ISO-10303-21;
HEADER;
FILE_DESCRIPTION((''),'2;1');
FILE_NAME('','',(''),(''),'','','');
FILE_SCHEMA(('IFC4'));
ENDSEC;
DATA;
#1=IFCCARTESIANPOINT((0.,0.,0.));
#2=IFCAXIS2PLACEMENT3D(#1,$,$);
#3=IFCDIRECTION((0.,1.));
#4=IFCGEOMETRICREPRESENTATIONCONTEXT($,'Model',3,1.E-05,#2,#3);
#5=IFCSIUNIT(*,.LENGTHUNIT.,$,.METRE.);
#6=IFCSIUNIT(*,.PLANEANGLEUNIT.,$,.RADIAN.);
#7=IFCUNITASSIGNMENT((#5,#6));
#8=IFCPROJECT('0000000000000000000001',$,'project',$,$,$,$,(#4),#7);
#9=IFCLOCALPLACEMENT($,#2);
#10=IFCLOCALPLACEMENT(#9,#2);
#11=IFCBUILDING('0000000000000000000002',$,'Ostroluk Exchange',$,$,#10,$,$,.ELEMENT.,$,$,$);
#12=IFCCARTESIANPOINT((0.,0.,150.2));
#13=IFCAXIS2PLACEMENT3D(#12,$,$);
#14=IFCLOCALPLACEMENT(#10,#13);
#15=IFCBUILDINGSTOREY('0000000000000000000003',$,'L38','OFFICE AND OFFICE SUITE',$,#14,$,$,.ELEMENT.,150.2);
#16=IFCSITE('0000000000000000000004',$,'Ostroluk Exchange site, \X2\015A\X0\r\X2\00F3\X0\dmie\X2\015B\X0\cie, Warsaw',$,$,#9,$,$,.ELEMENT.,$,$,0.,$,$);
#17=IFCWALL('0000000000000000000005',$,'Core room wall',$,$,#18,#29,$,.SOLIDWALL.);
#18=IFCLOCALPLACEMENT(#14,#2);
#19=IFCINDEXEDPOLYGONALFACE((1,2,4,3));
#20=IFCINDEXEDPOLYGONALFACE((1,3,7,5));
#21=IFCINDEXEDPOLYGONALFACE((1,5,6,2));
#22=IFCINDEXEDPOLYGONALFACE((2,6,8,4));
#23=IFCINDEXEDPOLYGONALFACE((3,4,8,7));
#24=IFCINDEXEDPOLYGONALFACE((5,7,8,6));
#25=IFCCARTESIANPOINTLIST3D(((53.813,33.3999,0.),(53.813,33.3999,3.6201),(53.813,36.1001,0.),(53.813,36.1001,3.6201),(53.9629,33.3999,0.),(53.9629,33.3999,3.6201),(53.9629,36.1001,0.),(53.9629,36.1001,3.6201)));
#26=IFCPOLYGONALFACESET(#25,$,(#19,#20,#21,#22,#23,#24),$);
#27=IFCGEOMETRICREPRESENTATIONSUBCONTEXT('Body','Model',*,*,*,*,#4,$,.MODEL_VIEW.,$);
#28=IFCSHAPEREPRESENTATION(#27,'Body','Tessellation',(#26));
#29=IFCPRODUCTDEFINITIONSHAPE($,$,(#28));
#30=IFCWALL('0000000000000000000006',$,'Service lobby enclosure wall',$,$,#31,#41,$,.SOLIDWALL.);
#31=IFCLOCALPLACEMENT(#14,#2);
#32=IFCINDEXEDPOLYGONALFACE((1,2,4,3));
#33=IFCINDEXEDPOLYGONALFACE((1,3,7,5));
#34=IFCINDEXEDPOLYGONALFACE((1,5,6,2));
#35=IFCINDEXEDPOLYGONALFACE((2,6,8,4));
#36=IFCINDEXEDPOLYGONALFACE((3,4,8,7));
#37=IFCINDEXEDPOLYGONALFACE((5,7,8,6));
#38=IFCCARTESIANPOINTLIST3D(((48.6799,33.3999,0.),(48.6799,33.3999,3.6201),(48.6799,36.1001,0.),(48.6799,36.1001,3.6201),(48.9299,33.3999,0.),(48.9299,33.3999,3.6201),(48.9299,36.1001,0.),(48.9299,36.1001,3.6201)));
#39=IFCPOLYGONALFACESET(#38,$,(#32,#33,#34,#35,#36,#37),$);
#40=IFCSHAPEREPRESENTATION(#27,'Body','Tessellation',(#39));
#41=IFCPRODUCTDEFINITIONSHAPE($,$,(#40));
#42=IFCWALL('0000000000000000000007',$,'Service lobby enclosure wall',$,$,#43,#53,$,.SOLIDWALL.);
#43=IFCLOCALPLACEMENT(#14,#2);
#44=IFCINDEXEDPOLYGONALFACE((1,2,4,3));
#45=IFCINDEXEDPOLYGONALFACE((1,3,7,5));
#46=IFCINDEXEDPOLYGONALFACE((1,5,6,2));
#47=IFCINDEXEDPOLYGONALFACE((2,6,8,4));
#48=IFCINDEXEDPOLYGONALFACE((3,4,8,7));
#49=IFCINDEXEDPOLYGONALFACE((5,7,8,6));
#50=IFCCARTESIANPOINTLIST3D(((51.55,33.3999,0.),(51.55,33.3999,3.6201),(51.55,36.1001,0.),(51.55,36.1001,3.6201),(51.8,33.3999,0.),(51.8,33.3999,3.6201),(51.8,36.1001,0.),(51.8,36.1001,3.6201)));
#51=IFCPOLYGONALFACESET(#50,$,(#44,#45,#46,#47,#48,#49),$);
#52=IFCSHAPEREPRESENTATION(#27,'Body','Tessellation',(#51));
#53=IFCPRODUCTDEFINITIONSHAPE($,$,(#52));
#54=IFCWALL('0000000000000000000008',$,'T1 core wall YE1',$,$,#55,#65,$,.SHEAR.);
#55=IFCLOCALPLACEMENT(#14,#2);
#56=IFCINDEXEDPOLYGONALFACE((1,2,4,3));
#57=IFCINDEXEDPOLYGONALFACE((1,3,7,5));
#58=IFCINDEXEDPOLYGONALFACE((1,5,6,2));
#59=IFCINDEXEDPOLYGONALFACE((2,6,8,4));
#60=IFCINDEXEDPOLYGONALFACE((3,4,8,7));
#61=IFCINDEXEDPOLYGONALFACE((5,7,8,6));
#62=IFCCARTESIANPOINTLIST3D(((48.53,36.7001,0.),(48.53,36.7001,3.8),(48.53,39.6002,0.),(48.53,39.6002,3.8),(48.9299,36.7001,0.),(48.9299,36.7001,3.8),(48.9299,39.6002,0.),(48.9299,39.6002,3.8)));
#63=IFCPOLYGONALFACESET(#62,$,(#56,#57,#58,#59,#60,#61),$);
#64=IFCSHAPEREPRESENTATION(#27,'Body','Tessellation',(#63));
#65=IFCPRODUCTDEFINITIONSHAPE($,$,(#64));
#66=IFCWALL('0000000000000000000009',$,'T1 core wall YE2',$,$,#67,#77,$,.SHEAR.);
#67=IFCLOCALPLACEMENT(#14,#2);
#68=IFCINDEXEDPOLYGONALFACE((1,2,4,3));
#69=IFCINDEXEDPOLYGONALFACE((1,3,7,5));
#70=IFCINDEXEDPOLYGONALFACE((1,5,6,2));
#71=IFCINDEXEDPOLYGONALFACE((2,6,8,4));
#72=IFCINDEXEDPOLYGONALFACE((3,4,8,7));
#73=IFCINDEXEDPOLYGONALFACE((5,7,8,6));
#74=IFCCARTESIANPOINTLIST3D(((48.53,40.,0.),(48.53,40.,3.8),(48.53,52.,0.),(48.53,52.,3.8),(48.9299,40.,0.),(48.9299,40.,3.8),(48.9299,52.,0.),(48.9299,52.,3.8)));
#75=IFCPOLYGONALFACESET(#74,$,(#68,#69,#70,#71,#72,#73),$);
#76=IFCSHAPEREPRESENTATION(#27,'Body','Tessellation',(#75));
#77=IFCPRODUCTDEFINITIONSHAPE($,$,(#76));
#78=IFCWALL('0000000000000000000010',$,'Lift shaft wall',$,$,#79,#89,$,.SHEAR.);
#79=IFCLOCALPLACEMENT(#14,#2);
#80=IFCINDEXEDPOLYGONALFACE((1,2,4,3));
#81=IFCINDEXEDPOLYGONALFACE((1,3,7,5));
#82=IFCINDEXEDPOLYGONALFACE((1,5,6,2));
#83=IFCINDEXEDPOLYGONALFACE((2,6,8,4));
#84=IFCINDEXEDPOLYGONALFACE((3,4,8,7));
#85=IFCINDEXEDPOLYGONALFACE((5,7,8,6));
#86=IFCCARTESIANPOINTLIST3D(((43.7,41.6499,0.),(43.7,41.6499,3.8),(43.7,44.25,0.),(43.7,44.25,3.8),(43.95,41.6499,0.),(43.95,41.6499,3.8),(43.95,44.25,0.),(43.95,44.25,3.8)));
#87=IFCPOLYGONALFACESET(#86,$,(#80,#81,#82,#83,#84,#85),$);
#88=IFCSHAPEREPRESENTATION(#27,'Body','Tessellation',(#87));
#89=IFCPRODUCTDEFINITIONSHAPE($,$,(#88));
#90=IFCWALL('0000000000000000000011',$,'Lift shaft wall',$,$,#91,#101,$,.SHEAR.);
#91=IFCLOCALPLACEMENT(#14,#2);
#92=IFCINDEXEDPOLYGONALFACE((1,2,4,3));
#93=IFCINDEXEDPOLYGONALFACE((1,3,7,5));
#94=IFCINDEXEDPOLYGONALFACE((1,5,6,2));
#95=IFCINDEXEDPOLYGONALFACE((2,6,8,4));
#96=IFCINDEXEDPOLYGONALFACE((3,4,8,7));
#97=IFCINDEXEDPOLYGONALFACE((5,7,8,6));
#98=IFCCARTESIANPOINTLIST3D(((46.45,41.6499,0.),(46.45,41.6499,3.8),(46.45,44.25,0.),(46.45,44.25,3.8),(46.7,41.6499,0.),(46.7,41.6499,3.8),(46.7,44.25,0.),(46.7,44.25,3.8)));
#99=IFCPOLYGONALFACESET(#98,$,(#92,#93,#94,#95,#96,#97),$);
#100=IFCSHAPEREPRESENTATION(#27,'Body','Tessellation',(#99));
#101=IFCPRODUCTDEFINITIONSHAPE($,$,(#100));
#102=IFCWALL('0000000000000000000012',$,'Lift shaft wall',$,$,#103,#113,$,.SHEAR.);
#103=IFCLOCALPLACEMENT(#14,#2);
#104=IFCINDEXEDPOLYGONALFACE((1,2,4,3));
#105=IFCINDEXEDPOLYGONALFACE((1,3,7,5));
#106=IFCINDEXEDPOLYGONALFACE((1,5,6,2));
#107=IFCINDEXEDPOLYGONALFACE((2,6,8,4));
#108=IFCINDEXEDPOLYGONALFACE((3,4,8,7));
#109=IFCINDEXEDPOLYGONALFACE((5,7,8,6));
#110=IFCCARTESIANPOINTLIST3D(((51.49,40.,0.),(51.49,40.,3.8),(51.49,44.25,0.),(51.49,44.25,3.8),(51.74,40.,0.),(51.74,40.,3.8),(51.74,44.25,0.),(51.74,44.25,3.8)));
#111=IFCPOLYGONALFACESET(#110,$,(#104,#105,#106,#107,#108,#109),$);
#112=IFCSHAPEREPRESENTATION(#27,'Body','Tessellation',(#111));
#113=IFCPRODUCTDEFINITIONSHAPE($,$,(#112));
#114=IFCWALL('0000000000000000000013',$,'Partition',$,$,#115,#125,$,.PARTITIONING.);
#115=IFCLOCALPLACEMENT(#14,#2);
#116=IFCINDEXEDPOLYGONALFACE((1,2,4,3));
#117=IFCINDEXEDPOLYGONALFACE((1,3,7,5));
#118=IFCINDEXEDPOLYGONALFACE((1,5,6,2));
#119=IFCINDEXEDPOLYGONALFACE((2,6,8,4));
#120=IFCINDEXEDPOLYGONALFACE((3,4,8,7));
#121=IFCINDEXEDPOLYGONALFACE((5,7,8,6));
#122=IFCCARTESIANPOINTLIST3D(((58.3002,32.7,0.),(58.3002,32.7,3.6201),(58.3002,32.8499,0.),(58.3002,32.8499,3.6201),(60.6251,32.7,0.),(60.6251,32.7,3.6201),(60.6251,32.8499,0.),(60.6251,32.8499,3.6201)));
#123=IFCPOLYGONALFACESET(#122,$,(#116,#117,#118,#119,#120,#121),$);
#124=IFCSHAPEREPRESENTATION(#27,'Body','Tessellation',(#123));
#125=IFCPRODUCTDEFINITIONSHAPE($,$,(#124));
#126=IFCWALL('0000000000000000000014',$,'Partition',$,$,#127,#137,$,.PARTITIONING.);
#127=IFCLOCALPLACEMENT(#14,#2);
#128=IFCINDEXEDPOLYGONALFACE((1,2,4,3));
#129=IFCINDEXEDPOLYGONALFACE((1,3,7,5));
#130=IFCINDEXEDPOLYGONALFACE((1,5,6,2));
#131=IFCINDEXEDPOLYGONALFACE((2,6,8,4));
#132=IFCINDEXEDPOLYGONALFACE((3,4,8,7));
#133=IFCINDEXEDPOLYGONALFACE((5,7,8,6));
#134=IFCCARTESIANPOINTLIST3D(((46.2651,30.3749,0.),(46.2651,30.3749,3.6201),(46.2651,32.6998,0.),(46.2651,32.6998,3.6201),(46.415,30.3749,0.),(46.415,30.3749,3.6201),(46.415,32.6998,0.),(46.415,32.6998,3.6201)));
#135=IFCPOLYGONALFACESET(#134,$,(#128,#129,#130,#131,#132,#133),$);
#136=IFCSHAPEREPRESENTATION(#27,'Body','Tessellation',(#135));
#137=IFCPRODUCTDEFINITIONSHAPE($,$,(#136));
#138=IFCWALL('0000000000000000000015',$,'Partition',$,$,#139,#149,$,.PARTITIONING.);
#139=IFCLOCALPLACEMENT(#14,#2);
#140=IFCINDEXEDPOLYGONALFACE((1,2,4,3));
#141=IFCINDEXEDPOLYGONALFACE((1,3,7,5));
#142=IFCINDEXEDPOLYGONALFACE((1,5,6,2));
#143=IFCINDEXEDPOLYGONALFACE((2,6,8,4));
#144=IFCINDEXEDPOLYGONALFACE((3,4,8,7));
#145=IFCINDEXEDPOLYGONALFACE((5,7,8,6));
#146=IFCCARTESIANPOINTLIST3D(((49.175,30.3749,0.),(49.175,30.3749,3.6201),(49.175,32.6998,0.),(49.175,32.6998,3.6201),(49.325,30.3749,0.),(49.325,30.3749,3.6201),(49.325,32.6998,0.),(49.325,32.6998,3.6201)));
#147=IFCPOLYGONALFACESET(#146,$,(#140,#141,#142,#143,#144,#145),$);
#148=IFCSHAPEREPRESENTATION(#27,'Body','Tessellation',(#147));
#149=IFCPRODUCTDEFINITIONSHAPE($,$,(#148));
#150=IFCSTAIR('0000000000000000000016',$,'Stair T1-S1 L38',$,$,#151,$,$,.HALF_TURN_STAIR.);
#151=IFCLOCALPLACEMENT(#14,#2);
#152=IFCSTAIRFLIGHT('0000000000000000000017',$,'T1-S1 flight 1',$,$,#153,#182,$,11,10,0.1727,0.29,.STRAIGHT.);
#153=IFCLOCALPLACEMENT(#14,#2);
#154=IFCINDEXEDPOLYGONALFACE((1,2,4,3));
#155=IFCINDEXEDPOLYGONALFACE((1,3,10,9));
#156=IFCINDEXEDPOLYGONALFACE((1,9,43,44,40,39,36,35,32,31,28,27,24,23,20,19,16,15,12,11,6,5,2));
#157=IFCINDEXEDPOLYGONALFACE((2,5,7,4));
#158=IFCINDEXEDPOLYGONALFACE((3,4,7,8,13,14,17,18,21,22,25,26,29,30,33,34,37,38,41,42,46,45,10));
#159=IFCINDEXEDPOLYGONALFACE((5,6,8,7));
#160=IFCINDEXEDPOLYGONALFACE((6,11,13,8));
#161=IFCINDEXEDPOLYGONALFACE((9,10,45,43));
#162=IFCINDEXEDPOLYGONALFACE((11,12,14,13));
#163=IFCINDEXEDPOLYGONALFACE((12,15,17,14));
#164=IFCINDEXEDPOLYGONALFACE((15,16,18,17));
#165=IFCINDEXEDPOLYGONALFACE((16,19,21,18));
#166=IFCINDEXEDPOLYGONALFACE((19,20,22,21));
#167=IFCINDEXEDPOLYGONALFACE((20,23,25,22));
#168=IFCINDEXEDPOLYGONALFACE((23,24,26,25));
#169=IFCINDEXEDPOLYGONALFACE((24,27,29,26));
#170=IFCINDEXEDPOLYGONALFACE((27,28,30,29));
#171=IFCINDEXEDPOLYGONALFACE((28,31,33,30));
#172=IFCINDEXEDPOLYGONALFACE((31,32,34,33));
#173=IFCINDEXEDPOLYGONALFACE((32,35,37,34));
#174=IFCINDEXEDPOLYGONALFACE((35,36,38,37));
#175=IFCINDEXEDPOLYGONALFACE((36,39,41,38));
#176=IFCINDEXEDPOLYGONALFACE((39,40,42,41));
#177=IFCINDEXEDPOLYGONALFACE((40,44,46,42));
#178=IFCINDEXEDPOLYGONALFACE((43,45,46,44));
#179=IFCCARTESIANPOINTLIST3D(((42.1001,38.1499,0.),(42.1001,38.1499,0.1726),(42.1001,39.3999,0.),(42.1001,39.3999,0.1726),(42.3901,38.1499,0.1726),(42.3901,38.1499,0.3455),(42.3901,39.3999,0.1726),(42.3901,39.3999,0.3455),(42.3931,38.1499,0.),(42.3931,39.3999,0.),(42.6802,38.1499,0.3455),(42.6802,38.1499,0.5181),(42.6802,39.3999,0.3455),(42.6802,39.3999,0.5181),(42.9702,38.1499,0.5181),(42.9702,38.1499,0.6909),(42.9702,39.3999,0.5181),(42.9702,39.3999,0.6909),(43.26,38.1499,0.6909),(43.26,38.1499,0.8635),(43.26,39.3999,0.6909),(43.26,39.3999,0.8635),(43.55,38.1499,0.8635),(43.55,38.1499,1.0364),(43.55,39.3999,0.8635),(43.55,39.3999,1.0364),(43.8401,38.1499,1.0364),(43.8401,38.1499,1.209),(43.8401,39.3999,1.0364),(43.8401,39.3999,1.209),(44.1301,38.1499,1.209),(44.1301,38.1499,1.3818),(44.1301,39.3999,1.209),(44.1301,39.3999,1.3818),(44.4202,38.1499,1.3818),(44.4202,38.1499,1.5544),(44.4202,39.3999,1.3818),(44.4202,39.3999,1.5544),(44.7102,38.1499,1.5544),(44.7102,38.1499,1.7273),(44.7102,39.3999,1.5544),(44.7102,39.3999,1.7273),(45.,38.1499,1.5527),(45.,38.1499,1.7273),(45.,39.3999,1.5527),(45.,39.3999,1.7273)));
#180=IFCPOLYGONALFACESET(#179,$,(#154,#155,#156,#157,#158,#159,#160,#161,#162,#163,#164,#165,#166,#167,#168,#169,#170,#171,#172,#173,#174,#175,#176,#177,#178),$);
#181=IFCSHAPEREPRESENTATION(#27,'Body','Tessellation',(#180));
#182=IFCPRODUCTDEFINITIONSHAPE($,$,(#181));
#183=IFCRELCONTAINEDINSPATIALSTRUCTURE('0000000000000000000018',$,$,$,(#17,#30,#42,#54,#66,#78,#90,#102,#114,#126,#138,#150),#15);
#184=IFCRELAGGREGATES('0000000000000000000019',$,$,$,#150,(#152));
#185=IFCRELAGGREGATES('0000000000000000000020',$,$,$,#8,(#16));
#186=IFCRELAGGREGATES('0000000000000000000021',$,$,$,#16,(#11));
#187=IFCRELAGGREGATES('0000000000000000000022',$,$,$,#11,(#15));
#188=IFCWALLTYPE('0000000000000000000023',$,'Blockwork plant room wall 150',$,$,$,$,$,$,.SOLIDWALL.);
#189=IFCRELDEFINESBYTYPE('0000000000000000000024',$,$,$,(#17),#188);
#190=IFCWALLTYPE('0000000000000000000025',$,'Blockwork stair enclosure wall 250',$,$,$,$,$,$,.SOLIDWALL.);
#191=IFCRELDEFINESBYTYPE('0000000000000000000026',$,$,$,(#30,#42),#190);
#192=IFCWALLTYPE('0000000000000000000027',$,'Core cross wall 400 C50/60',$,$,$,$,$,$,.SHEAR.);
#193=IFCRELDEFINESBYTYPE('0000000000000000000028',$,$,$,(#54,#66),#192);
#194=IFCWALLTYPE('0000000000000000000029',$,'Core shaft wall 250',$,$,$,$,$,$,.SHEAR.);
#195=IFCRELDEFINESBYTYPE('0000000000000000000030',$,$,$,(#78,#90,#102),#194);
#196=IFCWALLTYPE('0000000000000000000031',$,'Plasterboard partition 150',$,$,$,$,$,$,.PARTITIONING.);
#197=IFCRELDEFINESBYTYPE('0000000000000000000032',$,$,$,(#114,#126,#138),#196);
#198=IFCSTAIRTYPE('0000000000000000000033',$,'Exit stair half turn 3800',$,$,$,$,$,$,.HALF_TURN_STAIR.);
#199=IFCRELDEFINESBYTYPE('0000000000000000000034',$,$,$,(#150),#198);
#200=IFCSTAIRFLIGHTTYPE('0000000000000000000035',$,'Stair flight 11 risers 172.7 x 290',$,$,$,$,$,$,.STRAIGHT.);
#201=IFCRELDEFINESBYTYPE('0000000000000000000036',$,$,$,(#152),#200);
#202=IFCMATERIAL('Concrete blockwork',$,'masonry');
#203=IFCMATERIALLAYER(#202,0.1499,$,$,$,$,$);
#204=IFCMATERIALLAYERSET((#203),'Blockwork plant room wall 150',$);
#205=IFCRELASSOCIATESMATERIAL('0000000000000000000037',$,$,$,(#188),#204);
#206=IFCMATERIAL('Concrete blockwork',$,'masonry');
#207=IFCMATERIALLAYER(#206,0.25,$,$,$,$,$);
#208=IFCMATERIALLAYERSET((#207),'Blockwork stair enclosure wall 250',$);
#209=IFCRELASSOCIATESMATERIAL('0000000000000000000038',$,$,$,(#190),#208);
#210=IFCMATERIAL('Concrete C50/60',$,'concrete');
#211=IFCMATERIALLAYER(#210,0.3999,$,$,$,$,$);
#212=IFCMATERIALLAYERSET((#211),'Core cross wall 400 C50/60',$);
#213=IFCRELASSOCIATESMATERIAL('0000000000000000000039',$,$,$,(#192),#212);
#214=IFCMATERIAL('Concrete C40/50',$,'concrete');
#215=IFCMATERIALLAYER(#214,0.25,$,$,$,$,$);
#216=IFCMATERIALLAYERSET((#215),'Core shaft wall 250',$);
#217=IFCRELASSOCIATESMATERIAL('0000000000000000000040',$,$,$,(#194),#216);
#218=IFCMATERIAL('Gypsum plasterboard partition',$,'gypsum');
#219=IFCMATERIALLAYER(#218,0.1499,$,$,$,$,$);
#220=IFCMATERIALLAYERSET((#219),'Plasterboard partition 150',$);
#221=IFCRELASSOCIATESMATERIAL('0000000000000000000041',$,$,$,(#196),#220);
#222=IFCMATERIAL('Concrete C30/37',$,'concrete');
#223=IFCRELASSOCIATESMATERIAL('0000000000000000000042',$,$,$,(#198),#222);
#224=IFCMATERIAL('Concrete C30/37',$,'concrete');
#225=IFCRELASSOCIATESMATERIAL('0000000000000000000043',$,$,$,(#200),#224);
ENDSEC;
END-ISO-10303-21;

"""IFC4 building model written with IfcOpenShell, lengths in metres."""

from ifc_helpers import new_model, si_unit, direction, frame, frame_2d, origin, place, context, subcontext, project, spatial, polyline, rectangle, outline, extrude, material, layer, layer_set, type_object, element, aggregate, save


model = new_model("IFC4")

# Units and contexts
model_context = context("Model", 3, precision=1e-05, world=origin(), true_north=direction((0.0, 1.0)))
body_context = subcontext(model_context, "Body", "Model", "MODEL_VIEW")
ifc_project = project(units=[si_unit("LENGTHUNIT", "METRE"), si_unit("PLANEANGLEUNIT", "RADIAN")], contexts=[model_context])

# Site, building, storey
site_placement = place(None, origin())
site = spatial("IfcSite", under=ifc_project, at=site_placement, Name="Ostroluk Exchange site, Śródmieście, Warsaw", CompositionType="ELEMENT", RefElevation=0.0)
building_placement = place(site_placement, origin())
building = spatial("IfcBuilding", under=site, at=building_placement, Name="Ostroluk Exchange", CompositionType="ELEMENT")
storey_placement = place(building_placement, frame((0.0, 0.0, 150.2)))
storey = spatial("IfcBuildingStorey", under=building, at=storey_placement, Name="L38", Description="OFFICE AND OFFICE SUITE", CompositionType="ELEMENT", Elevation=150.2)

# Walls
ifc_material_1 = material(Name="Concrete blockwork", Category="masonry")
ifc_layer_1 = layer(ifc_material_1, 0.1499)
ifc_layer_set_1 = layer_set([ifc_layer_1], Name="Blockwork plant room wall 150")
wall_type_1 = type_object("IfcWallType", Name="Blockwork plant room wall 150", PredefinedType="SOLIDWALL", material=ifc_layer_set_1)
wall_1_placement = place(storey_placement, frame((53.8879, 33.3999, 0.0), z_axis=(0.0, 0.0, 1.0), x_axis=(0.0, 1.0, 0.0)))
element("IfcWall", 1, at=wall_1_placement, inside=storey, type_object=wall_type_1, Name="Core room wall", PredefinedType="SOLIDWALL", context=body_context, shape_type="SweptSolid", body=[
    extrude(rectangle(XDim=2.7002, YDim=0.1499, at=frame_2d((1.3501, 0.0))), origin(), (0.0, 0.0, 1.0), 3.6201),
])
ifc_material_2 = material(Name="Concrete blockwork", Category="masonry")
ifc_layer_2 = layer(ifc_material_2, 0.25)
ifc_layer_set_2 = layer_set([ifc_layer_2], Name="Blockwork stair enclosure wall 250")
wall_type_2 = type_object("IfcWallType", Name="Blockwork stair enclosure wall 250", PredefinedType="SOLIDWALL", material=ifc_layer_set_2)
for number, where, z_axis, x_axis, name in (
    (2, (48.8049, 33.3999, 0.0), (0.0, 0.0, 1.0), (0.0, 1.0, 0.0), "Service lobby enclosure wall"),
    (3, (51.675, 33.3999, 0.0), (0.0, 0.0, 1.0), (0.0, 1.0, 0.0), "Service lobby enclosure wall"),
):
    element("IfcWall", number, at=place(storey_placement, frame(where, z_axis=z_axis, x_axis=x_axis)), inside=storey, type_object=wall_type_2, Name=name, PredefinedType="SOLIDWALL", context=body_context, shape_type="SweptSolid", body=[
        extrude(rectangle(XDim=2.7002, YDim=0.25, at=frame_2d((1.3501, 0.0))), origin(), (0.0, 0.0, 1.0), 3.6201),
    ])
ifc_material_3 = material(Name="Concrete C50/60", Category="concrete")
ifc_layer_3 = layer(ifc_material_3, 0.3999)
ifc_layer_set_3 = layer_set([ifc_layer_3], Name="Core cross wall 400 C50/60")
wall_type_3 = type_object("IfcWallType", Name="Core cross wall 400 C50/60", PredefinedType="SHEAR", material=ifc_layer_set_3)
wall_2_placement = place(storey_placement, frame((48.73, 36.7, 0.0), z_axis=(0.0, 0.0, 1.0), x_axis=(0.0, 1.0, 0.0)))
element("IfcWall", 4, at=wall_2_placement, inside=storey, type_object=wall_type_3, Name="T1 core wall YE1", PredefinedType="SHEAR", context=body_context, shape_type="SweptSolid", body=[
    extrude(rectangle(XDim=2.9001, YDim=0.3999, at=frame_2d((1.4502, 0.0))), origin(), (0.0, 0.0, 1.0), 3.8),
])
wall_3_placement = place(storey_placement, frame((48.73, 40.0, 0.0), z_axis=(0.0, 0.0, 1.0), x_axis=(0.0, 1.0, 0.0)))
element("IfcWall", 5, at=wall_3_placement, inside=storey, type_object=wall_type_3, Name="T1 core wall YE2", PredefinedType="SHEAR", context=body_context, shape_type="SweptSolid", body=[
    extrude(rectangle(XDim=12.0, YDim=0.3999, at=frame_2d((6.0, 0.0))), origin(), (0.0, 0.0, 1.0), 3.8),
])

# Shared definitions
ifc_material_4 = material(Name="Concrete C40/50", Category="concrete")
ifc_layer_4 = layer(ifc_material_4, 0.25)
ifc_layer_set_4 = layer_set([ifc_layer_4], Name="Core shaft wall 250")
wall_type_4 = type_object("IfcWallType", Name="Core shaft wall 250", PredefinedType="SHEAR", material=ifc_layer_set_4)

# Walls
for number, where, z_axis, x_axis, name in (
    (6, (43.825, 44.25, 0.0), (0.0, 0.0, 1.0), (0.0, -1.0, 0.0), "Lift shaft wall"),
    (7, (46.575, 44.25, 0.0), (0.0, 0.0, 1.0), (0.0, -1.0, 0.0), "Lift shaft wall"),
):
    element("IfcWall", number, at=place(storey_placement, frame(where, z_axis=z_axis, x_axis=x_axis)), inside=storey, type_object=wall_type_4, Name=name, PredefinedType="SHEAR", context=body_context, shape_type="SweptSolid", body=[
        extrude(rectangle(XDim=2.6001, YDim=0.25, at=frame_2d((1.3, 0.0))), origin(), (0.0, 0.0, 1.0), 3.8),
    ])
wall_4_placement = place(storey_placement, frame((51.615, 44.25, 0.0), z_axis=(0.0, 0.0, 1.0), x_axis=(0.0, -1.0, 0.0)))
element("IfcWall", 8, at=wall_4_placement, inside=storey, type_object=wall_type_4, Name="Lift shaft wall", PredefinedType="SHEAR", context=body_context, shape_type="SweptSolid", body=[
    extrude(rectangle(XDim=4.25, YDim=0.25, at=frame_2d((2.125, 0.0))), origin(), (0.0, 0.0, 1.0), 3.8),
])

# Walls
ifc_material_5 = material(Name="Gypsum plasterboard partition", Category="gypsum")
ifc_layer_5 = layer(ifc_material_5, 0.1499)
ifc_layer_set_5 = layer_set([ifc_layer_5], Name="Plasterboard partition 150")
wall_type_5 = type_object("IfcWallType", Name="Plasterboard partition 150", PredefinedType="PARTITIONING", material=ifc_layer_set_5)
for number, where, z_axis, x_axis, name in (
    (9, (58.3, 32.7749, 0.0), (0.0, 0.0, 1.0), (1.0, 0.0, 0.0), "Partition"),
    (10, (46.3401, 32.7, 0.0), (0.0, 0.0, 1.0), (0.0, -1.0, 0.0), "Partition"),
    (11, (49.25, 32.7, 0.0), (0.0, 0.0, 1.0), (0.0, -1.0, 0.0), "Partition"),
):
    element("IfcWall", number, at=place(storey_placement, frame(where, z_axis=z_axis, x_axis=x_axis)), inside=storey, type_object=wall_type_5, Name=name, PredefinedType="PARTITIONING", context=body_context, shape_type="SweptSolid", body=[
        extrude(rectangle(XDim=2.325, YDim=0.1499, at=frame_2d((1.1626, 0.0))), origin(), (0.0, 0.0, 1.0), 3.6201),
    ])

# Stair, stair flight
ifc_material_6 = material(Name="Concrete C30/37", Category="concrete")
stair_type = type_object("IfcStairType", Name="Exit stair half turn 3800", PredefinedType="HALF_TURN_STAIR", material=ifc_material_6)
stair_placement = place(storey_placement, origin())
stair = element("IfcStair", 12, at=stair_placement, inside=storey, type_object=stair_type, Name="Stair T1-S1 L38", PredefinedType="HALF_TURN_STAIR")
ifc_material_7 = material(Name="Concrete C30/37", Category="concrete")
stair_flight_type = type_object("IfcStairFlightType", Name="Stair flight 11 risers 172.7 x 290", PredefinedType="STRAIGHT", material=ifc_material_7)
stair_flight_1_placement = place(storey_placement, frame((42.1001, 38.7749, 0.0), z_axis=(0.0, 0.0, 1.0), x_axis=(1.0, 0.0, 0.0)))
stair_flight_1 = element("IfcStairFlight", 13, at=stair_flight_1_placement, type_object=stair_flight_type, Name="T1-S1 flight 1", NumberOfRisers=11, NumberOfTreads=10, PredefinedType="STRAIGHT", RiserHeight=0.1727, TreadLength=0.29, context=body_context, shape_type="SweptSolid", body=[
    extrude(outline(polyline([(0.0, 0.0), (0.0, 0.1726), (0.29, 0.1726), (0.29, 0.3455), (0.5801, 0.3455), (0.5801, 0.5181), (0.8701, 0.5181), (0.8701, 0.6909), (1.1599, 0.6909), (1.1599, 0.8635), (1.45, 0.8635), (1.45, 1.0364), (1.74, 1.0364), (1.74, 1.209), (2.03, 1.209), (2.03, 1.3818), (2.3201, 1.3818), (2.3201, 1.5544), (2.6101, 1.5544), (2.6101, 1.7273), (2.8999, 1.7273), (2.8999, 1.8999), (2.8999, 1.5527), (0.293, 0.0), (0.0, 0.0)])), frame((0.0, 0.625, 0.0), z_axis=(0.0, -1.0, 0.0), x_axis=(1.0, 0.0, 0.0)), (0.0, 0.0, 1.0), 1.25),
])
aggregate(stair, [stair_flight_1])

save(model, "model.ifc")
